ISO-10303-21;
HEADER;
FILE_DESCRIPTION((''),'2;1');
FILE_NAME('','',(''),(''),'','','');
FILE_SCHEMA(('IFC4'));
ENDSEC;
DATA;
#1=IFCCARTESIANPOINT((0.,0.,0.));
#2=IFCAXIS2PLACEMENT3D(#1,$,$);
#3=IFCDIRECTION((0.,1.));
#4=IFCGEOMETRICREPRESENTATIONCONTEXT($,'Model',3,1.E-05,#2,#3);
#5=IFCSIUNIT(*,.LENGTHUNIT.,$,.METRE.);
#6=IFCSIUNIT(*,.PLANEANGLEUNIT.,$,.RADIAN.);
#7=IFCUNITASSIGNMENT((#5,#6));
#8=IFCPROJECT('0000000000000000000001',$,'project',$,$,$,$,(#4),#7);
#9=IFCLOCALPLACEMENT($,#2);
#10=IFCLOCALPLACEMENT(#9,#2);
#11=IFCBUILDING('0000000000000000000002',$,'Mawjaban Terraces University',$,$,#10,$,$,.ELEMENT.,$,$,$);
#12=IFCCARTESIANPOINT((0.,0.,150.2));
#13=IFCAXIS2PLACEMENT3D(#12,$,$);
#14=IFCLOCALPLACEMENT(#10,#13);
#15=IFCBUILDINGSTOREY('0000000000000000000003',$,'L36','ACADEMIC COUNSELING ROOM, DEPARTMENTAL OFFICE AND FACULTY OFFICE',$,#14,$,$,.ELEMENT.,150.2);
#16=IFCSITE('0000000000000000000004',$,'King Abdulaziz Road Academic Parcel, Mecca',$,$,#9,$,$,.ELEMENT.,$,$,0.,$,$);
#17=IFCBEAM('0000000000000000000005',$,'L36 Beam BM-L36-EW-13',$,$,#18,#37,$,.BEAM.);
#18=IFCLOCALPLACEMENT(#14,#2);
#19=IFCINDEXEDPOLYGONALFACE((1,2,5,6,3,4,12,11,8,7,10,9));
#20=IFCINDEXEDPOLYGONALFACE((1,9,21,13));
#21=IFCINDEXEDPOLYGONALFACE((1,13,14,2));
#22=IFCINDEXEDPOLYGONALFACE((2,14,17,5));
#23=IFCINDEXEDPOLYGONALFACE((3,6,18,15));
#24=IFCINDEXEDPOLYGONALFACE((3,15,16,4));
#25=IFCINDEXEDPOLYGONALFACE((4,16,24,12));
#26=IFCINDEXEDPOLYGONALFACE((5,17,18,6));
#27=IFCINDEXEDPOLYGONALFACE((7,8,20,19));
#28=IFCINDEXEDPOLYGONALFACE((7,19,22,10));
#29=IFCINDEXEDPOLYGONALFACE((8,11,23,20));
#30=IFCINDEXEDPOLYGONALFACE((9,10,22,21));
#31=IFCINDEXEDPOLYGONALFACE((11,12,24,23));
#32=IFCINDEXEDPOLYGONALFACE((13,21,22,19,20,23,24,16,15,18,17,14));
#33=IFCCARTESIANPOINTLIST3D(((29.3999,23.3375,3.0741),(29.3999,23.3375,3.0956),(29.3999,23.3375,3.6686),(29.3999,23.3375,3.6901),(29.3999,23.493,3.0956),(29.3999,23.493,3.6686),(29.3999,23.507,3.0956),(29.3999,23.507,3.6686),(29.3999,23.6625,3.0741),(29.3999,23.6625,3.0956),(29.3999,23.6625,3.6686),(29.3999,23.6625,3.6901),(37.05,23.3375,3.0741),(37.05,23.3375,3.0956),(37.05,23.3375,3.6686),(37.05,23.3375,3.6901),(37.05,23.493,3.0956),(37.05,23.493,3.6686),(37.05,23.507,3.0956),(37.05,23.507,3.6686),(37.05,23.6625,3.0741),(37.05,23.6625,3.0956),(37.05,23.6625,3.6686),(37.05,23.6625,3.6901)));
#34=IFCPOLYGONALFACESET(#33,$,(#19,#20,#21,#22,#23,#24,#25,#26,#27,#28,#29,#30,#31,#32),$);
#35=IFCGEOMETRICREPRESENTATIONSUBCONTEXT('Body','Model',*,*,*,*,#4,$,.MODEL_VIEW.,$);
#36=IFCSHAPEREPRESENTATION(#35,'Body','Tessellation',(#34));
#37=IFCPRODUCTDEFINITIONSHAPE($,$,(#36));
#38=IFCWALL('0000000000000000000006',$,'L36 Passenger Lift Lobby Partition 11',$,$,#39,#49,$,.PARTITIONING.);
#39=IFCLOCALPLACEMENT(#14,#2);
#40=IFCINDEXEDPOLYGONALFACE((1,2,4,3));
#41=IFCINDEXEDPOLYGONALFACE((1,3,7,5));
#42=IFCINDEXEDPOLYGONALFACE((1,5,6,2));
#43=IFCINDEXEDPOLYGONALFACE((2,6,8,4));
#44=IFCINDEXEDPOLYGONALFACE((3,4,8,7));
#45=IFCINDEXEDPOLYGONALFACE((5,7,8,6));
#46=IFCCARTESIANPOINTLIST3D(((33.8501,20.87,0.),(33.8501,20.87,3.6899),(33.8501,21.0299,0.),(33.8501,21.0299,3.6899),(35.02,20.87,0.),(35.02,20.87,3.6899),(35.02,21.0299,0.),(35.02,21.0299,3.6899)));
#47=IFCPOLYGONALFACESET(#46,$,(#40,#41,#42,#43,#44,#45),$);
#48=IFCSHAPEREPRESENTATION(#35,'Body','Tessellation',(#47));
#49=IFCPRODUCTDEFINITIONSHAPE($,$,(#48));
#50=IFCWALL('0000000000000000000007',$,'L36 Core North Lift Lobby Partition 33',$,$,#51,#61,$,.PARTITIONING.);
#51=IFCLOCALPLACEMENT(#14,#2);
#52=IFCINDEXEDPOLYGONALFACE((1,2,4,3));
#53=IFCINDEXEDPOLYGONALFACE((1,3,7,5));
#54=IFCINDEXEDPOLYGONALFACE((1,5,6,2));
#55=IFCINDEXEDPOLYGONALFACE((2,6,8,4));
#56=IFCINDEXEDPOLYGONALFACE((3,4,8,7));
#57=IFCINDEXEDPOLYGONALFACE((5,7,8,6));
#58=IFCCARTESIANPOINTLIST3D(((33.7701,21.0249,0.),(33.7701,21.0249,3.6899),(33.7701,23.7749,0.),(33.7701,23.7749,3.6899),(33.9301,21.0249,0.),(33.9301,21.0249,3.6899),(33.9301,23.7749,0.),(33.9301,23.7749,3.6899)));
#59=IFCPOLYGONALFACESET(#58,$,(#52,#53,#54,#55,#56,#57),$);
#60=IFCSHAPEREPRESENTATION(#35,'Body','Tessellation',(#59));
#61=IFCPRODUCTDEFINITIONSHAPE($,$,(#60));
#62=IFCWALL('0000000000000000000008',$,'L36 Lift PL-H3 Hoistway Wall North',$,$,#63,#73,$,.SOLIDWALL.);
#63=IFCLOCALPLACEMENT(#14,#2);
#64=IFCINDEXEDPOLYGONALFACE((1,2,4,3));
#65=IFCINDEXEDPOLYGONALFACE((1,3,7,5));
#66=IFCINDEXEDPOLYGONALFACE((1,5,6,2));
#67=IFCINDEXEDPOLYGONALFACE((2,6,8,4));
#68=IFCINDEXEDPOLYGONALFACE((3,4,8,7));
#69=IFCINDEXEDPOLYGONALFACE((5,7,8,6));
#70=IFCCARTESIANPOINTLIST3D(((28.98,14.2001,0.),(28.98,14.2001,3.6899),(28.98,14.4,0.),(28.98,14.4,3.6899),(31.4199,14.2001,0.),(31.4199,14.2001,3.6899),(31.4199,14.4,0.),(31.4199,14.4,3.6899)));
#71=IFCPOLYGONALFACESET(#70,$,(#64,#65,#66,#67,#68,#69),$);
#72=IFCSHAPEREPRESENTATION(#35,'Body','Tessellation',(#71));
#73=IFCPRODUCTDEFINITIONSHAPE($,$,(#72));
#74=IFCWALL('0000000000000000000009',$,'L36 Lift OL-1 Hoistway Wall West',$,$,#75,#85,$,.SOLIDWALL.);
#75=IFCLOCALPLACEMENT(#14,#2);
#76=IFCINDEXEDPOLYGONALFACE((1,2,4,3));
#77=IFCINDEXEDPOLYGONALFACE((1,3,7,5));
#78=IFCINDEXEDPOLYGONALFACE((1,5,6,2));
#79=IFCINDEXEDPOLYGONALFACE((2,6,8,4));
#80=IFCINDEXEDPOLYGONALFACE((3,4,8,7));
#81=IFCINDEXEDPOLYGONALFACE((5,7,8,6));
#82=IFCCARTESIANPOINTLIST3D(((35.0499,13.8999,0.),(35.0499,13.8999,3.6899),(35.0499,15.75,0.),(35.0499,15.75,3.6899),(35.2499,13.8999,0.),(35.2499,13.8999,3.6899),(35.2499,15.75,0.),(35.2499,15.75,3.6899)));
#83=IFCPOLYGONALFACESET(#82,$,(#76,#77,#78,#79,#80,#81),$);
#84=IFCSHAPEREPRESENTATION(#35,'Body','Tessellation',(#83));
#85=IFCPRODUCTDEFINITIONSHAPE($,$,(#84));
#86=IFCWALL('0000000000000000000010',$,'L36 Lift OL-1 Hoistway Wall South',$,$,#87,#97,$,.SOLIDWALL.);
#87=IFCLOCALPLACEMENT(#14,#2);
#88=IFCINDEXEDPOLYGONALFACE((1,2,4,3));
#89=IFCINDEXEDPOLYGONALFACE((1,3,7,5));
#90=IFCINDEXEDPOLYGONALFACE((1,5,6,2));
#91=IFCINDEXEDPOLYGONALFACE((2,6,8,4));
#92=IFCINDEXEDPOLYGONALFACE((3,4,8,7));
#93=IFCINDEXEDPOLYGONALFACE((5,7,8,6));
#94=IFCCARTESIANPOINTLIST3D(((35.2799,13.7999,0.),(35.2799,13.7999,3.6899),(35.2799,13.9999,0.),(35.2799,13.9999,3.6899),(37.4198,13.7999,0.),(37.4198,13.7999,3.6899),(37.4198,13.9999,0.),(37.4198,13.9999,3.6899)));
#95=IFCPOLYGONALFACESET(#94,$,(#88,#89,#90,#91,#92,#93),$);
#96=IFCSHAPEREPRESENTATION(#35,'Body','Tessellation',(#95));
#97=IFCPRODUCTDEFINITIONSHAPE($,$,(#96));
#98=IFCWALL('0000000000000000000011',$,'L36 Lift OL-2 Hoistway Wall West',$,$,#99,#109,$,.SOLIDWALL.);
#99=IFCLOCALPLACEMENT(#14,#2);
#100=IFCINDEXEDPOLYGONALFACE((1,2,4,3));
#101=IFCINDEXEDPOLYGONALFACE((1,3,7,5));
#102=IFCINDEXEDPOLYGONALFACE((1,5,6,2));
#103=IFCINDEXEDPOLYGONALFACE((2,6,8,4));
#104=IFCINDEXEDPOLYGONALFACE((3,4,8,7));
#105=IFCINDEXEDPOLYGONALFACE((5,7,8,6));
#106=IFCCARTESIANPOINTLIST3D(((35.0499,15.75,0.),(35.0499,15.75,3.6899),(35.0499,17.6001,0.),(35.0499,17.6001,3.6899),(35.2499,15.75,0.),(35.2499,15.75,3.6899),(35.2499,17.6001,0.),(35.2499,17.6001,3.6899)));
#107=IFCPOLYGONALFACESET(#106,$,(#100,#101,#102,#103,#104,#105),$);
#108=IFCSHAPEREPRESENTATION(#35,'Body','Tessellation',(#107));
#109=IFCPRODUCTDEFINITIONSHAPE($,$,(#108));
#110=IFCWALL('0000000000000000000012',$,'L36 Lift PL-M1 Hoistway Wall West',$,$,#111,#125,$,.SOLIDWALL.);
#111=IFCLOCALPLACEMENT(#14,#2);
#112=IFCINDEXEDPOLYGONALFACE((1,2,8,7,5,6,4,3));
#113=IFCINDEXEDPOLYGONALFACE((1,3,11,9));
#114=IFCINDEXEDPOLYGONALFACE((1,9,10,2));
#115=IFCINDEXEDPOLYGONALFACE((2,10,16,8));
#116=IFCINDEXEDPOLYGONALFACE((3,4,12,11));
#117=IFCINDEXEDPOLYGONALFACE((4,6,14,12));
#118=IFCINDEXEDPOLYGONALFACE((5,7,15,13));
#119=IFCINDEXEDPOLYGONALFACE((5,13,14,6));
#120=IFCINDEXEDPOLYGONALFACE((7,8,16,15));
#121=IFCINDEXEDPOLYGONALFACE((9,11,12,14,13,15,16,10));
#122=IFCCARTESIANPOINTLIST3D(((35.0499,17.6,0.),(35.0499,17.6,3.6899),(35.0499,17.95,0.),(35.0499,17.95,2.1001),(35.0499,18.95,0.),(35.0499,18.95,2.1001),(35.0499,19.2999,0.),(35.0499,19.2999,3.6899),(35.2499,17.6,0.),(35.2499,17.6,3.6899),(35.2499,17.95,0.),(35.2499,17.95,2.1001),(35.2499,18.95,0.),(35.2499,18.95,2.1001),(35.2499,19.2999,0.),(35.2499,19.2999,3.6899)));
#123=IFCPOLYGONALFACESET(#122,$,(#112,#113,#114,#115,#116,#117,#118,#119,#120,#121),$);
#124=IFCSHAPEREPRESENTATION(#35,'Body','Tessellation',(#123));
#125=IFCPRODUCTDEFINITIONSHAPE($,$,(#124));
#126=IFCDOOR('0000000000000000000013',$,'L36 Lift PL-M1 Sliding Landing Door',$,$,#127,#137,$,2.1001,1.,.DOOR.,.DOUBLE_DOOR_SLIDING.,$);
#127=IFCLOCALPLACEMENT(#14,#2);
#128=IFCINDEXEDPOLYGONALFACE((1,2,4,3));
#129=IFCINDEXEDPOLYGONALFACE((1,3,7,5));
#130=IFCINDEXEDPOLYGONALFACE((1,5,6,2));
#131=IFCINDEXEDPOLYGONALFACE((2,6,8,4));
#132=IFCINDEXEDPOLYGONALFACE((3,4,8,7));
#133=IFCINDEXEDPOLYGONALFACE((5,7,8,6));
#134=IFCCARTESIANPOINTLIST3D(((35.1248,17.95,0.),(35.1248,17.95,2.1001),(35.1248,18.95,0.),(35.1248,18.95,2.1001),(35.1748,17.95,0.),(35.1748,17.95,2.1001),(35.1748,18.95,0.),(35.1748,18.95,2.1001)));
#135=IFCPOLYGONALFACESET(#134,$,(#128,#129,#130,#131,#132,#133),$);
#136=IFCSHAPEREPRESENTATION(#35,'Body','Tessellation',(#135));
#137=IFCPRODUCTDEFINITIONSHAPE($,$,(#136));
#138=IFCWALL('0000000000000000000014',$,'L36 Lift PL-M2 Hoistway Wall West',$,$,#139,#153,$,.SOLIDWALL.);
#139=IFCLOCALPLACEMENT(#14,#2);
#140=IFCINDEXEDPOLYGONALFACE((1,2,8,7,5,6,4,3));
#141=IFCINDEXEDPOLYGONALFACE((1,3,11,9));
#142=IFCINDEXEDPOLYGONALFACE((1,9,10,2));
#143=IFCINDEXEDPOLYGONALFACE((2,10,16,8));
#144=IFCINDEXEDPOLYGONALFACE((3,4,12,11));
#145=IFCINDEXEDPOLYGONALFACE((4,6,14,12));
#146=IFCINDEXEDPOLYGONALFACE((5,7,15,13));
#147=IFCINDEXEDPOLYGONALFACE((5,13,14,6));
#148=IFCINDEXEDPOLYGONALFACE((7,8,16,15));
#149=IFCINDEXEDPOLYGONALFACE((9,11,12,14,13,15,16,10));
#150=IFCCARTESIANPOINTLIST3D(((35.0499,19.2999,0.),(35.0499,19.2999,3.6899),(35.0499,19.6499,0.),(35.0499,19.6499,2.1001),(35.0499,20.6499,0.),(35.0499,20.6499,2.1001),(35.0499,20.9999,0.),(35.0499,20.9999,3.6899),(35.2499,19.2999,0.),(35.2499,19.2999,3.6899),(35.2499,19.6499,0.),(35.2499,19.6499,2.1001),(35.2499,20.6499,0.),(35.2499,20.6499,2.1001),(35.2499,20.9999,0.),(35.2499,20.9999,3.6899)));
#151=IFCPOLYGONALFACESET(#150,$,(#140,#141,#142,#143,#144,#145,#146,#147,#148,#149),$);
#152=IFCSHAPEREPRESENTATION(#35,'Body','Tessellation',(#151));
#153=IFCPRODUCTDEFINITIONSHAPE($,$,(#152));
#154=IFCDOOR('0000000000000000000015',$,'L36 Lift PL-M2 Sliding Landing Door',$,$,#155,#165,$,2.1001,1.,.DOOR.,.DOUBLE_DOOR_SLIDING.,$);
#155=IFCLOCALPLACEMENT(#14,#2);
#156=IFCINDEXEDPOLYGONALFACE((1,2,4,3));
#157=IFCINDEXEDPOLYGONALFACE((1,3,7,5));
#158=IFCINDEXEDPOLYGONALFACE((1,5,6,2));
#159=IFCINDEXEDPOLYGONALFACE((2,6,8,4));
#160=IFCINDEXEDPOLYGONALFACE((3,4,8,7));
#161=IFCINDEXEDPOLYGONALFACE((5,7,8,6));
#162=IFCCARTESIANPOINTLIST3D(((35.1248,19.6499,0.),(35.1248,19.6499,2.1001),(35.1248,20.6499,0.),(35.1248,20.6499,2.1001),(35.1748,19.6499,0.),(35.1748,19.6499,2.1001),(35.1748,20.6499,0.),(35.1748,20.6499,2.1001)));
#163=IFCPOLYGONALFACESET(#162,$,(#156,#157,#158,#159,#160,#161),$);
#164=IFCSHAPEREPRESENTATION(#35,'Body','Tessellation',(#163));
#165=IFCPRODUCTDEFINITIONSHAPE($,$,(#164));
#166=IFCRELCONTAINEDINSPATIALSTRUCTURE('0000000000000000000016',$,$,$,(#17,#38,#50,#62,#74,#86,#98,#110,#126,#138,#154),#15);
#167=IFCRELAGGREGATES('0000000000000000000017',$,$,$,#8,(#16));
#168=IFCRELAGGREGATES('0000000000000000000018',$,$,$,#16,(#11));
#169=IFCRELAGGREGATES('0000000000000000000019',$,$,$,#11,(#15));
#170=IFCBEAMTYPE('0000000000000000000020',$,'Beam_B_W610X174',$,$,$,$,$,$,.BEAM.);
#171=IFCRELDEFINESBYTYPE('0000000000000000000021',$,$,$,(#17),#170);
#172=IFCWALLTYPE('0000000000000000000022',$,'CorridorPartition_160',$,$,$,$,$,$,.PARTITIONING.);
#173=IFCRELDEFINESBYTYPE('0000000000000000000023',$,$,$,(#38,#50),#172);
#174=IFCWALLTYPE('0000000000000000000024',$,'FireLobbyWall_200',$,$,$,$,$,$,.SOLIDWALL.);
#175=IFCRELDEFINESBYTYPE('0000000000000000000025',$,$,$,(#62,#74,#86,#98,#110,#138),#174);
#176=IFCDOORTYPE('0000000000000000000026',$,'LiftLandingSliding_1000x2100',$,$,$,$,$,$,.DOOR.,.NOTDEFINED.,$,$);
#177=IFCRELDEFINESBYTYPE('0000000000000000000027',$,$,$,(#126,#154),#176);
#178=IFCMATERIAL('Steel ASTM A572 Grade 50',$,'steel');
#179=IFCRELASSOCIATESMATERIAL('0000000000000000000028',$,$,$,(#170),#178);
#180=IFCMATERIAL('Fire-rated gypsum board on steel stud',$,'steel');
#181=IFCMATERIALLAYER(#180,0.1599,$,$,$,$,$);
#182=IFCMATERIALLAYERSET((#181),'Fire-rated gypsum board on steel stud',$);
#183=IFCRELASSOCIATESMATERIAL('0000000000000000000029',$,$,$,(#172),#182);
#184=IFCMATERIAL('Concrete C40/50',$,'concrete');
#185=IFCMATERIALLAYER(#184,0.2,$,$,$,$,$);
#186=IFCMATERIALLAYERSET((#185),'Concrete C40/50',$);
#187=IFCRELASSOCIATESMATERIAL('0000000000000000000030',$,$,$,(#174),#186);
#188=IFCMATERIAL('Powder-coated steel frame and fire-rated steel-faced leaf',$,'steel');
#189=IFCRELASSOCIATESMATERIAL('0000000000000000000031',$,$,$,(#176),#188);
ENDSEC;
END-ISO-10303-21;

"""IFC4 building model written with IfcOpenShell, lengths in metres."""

from ifc_helpers import new_model, si_unit, direction, frame, frame_2d, origin, origin_2d, place, context, subcontext, project, spatial, rectangle, i_section, extrude, material, layer, layer_set, material_profile, profile_set, type_object, element, fill, save


model = new_model("IFC4")

# Units and contexts
model_context = context("Model", 3, precision=1e-05, world=origin(), true_north=direction((0.0, 1.0)))
body_context = subcontext(model_context, "Body", "Model", "MODEL_VIEW")
ifc_project = project(units=[si_unit("LENGTHUNIT", "METRE"), si_unit("PLANEANGLEUNIT", "RADIAN")], contexts=[model_context])

# Site, building, storey
site_placement = place(None, origin())
site = spatial("IfcSite", under=ifc_project, at=site_placement, Name="King Abdulaziz Road Academic Parcel, Mecca", CompositionType="ELEMENT", RefElevation=0.0)
building_placement = place(site_placement, origin())
building = spatial("IfcBuilding", under=site, at=building_placement, Name="Mawjaban Terraces University", CompositionType="ELEMENT")
storey_placement = place(building_placement, frame((0.0, 0.0, 150.2)))
storey = spatial("IfcBuildingStorey", under=building, at=storey_placement, Name="L36", Description="ACADEMIC COUNSELING ROOM, DEPARTMENTAL OFFICE AND FACULTY OFFICE", CompositionType="ELEMENT", Elevation=150.2)

# Beam
ifc_material_1 = material(Name="Steel ASTM A572 Grade 50", Category="steel")
ifc_material_profile = material_profile(ifc_material_1, i_section(OverallWidth=0.325, OverallDepth=0.616, WebThickness=0.0139, FlangeThickness=0.0215, at=origin_2d()), Name="W610X174")
ifc_profile_set = profile_set([ifc_material_profile], Name="Steel ASTM A572 Grade 50")
beam_type = type_object("IfcBeamType", Name="Beam_B_W610X174", PredefinedType="BEAM", material=ifc_profile_set)
beam_placement = place(storey_placement, frame((29.3999, 23.5, 3.3821), z_axis=(1.0, 0.0, 0.0), x_axis=(0.0, 1.0, 0.0)))
element("IfcBeam", 1, at=beam_placement, inside=storey, type_object=beam_type, Name="L36 Beam BM-L36-EW-13", PredefinedType="BEAM", context=body_context, shape_type="SweptSolid", body=[
    extrude(i_section(OverallWidth=0.325, OverallDepth=0.616, WebThickness=0.0139, FlangeThickness=0.0215, at=origin_2d()), origin(), (0.0, 0.0, 1.0), 7.6501),
])

# Walls
ifc_material_2 = material(Name="Fire-rated gypsum board on steel stud", Category="steel")
ifc_layer_1 = layer(ifc_material_2, 0.1599)
ifc_layer_set_1 = layer_set([ifc_layer_1], Name="Fire-rated gypsum board on steel stud")
wall_type_1 = type_object("IfcWallType", Name="CorridorPartition_160", PredefinedType="PARTITIONING", material=ifc_layer_set_1)
wall_1_placement = place(storey_placement, frame((35.02, 20.95, 0.0), z_axis=(0.0, 0.0, 1.0), x_axis=(-1.0, 0.0, 0.0)))
element("IfcWall", 2, at=wall_1_placement, inside=storey, type_object=wall_type_1, Name="L36 Passenger Lift Lobby Partition 11", PredefinedType="PARTITIONING", context=body_context, shape_type="SweptSolid", body=[
    extrude(rectangle(XDim=1.1699, YDim=0.1599, at=frame_2d((0.585, 0.0))), origin(), (0.0, 0.0, 1.0), 3.6899),
])
wall_2_placement = place(storey_placement, frame((33.8501, 21.0249, 0.0), z_axis=(0.0, 0.0, 1.0), x_axis=(0.0, 1.0, 0.0)))
element("IfcWall", 3, at=wall_2_placement, inside=storey, type_object=wall_type_1, Name="L36 Core North Lift Lobby Partition 33", PredefinedType="PARTITIONING", context=body_context, shape_type="SweptSolid", body=[
    extrude(rectangle(XDim=2.75, YDim=0.1599, at=frame_2d((1.375, 0.0))), origin(), (0.0, 0.0, 1.0), 3.6899),
])
ifc_material_3 = material(Name="Concrete C40/50", Category="concrete")
ifc_layer_2 = layer(ifc_material_3, 0.2)
ifc_layer_set_2 = layer_set([ifc_layer_2], Name="Concrete C40/50")
wall_type_2 = type_object("IfcWallType", Name="FireLobbyWall_200", PredefinedType="SOLIDWALL", material=ifc_layer_set_2)
wall_3_placement = place(storey_placement, frame((31.4199, 14.3, 0.0), z_axis=(0.0, 0.0, 1.0), x_axis=(-1.0, 0.0, 0.0)))
element("IfcWall", 4, at=wall_3_placement, inside=storey, type_object=wall_type_2, Name="L36 Lift PL-H3 Hoistway Wall North", PredefinedType="SOLIDWALL", context=body_context, shape_type="SweptSolid", body=[
    extrude(rectangle(XDim=2.4399, YDim=0.2, at=frame_2d((1.22, 0.0))), origin(), (0.0, 0.0, 1.0), 3.6899),
])
wall_4_placement = place(storey_placement, frame((35.1499, 15.75, 0.0), z_axis=(0.0, 0.0, 1.0), x_axis=(0.0, -1.0, 0.0)))
element("IfcWall", 5, at=wall_4_placement, inside=storey, type_object=wall_type_2, Name="L36 Lift OL-1 Hoistway Wall West", PredefinedType="SOLIDWALL", context=body_context, shape_type="SweptSolid", body=[
    extrude(rectangle(XDim=1.8501, YDim=0.2, at=frame_2d((0.925, 0.0))), origin(), (0.0, 0.0, 1.0), 3.6899),
])
wall_5_placement = place(storey_placement, frame((35.28, 13.8999, 0.0), z_axis=(0.0, 0.0, 1.0), x_axis=(1.0, 0.0, 0.0)))
element("IfcWall", 6, at=wall_5_placement, inside=storey, type_object=wall_type_2, Name="L36 Lift OL-1 Hoistway Wall South", PredefinedType="SOLIDWALL", context=body_context, shape_type="SweptSolid", body=[
    extrude(rectangle(XDim=2.1399, YDim=0.2, at=frame_2d((1.0698, 0.0))), origin(), (0.0, 0.0, 1.0), 3.6899),
])
wall_6_placement = place(storey_placement, frame((35.1499, 17.6001, 0.0), z_axis=(0.0, 0.0, 1.0), x_axis=(0.0, -1.0, 0.0)))
element("IfcWall", 7, at=wall_6_placement, inside=storey, type_object=wall_type_2, Name="L36 Lift OL-2 Hoistway Wall West", PredefinedType="SOLIDWALL", context=body_context, shape_type="SweptSolid", body=[
    extrude(rectangle(XDim=1.8501, YDim=0.2, at=frame_2d((0.925, 0.0))), origin(), (0.0, 0.0, 1.0), 3.6899),
])

# Walls, openings, doors
wall_7_placement = place(storey_placement, frame((35.1499, 19.3, 0.0), z_axis=(0.0, 0.0, 1.0), x_axis=(0.0, -1.0, 0.0)))
wall_7 = element("IfcWall", 8, at=wall_7_placement, inside=storey, type_object=wall_type_2, Name="L36 Lift PL-M1 Hoistway Wall West", PredefinedType="SOLIDWALL", context=body_context, shape_type="SweptSolid", body=[
    extrude(rectangle(XDim=1.7, YDim=0.2, at=frame_2d((0.8501, 0.0))), origin(), (0.0, 0.0, 1.0), 3.6899),
])
opening_1_placement = place(wall_7_placement, frame((0.3501, 0.0, 0.0)))
opening_1 = element("IfcOpeningElement", 9, at=opening_1_placement, cuts=wall_7, PredefinedType="OPENING", context=body_context, shape_type="SweptSolid", body=[
    extrude(rectangle(XDim=1.0, YDim=2.1001, at=frame_2d((0.5, 1.05))), frame((0.0, 0.1099, 0.0), z_axis=(0.0, -1.0, 0.0), x_axis=(1.0, 0.0, 0.0)), (0.0, 0.0, 1.0), 0.22),
])
ifc_material_4 = material(Name="Powder-coated steel frame and fire-rated steel-faced leaf", Category="steel")
door_type_1 = type_object("IfcDoorType", Name="LiftLandingSliding_1000x2100", OperationType="NOTDEFINED", PredefinedType="DOOR", material=ifc_material_4)
door_1_placement = place(opening_1_placement, origin())
door_1 = element("IfcDoor", 10, at=door_1_placement, inside=storey, type_object=door_type_1, Name="L36 Lift PL-M1 Sliding Landing Door", OperationType="DOUBLE_DOOR_SLIDING", OverallHeight=2.1001, OverallWidth=1.0, PredefinedType="DOOR", context=body_context, shape_type="SweptSolid", body=[
    extrude(rectangle(XDim=1.0, YDim=2.1001, at=frame_2d((0.5, 1.05))), frame((0.0, 0.0249, 0.0), z_axis=(0.0, -1.0, 0.0), x_axis=(1.0, 0.0, 0.0)), (0.0, 0.0, 1.0), 0.05),
])
fill(opening_1, door_1)
wall_8_placement = place(storey_placement, frame((35.1499, 21.0, 0.0), z_axis=(0.0, 0.0, 1.0), x_axis=(0.0, -1.0, 0.0)))
wall_8 = element("IfcWall", 11, at=wall_8_placement, inside=storey, type_object=wall_type_2, Name="L36 Lift PL-M2 Hoistway Wall West", PredefinedType="SOLIDWALL", context=body_context, shape_type="SweptSolid", body=[
    extrude(rectangle(XDim=1.7, YDim=0.2, at=frame_2d((0.8501, 0.0))), origin(), (0.0, 0.0, 1.0), 3.6899),
])
opening_2_placement = place(wall_8_placement, frame((0.3501, 0.0, 0.0)))
opening_2 = element("IfcOpeningElement", 12, at=opening_2_placement, cuts=wall_8, PredefinedType="OPENING", context=body_context, shape_type="SweptSolid", body=[
    extrude(rectangle(XDim=1.0, YDim=2.1001, at=frame_2d((0.5, 1.05))), frame((0.0, 0.1099, 0.0), z_axis=(0.0, -1.0, 0.0), x_axis=(1.0, 0.0, 0.0)), (0.0, 0.0, 1.0), 0.22),
])
door_2_placement = place(opening_2_placement, origin())
door_2 = element("IfcDoor", 13, at=door_2_placement, inside=storey, type_object=door_type_1, Name="L36 Lift PL-M2 Sliding Landing Door", OperationType="DOUBLE_DOOR_SLIDING", OverallHeight=2.1001, OverallWidth=1.0, PredefinedType="DOOR", context=body_context, shape_type="SweptSolid", body=[
    extrude(rectangle(XDim=1.0, YDim=2.1001, at=frame_2d((0.5, 1.05))), frame((0.0, 0.0249, 0.0), z_axis=(0.0, -1.0, 0.0), x_axis=(1.0, 0.0, 0.0)), (0.0, 0.0, 1.0), 0.05),
])
fill(opening_2, door_2)

save(model, "model.ifc")
